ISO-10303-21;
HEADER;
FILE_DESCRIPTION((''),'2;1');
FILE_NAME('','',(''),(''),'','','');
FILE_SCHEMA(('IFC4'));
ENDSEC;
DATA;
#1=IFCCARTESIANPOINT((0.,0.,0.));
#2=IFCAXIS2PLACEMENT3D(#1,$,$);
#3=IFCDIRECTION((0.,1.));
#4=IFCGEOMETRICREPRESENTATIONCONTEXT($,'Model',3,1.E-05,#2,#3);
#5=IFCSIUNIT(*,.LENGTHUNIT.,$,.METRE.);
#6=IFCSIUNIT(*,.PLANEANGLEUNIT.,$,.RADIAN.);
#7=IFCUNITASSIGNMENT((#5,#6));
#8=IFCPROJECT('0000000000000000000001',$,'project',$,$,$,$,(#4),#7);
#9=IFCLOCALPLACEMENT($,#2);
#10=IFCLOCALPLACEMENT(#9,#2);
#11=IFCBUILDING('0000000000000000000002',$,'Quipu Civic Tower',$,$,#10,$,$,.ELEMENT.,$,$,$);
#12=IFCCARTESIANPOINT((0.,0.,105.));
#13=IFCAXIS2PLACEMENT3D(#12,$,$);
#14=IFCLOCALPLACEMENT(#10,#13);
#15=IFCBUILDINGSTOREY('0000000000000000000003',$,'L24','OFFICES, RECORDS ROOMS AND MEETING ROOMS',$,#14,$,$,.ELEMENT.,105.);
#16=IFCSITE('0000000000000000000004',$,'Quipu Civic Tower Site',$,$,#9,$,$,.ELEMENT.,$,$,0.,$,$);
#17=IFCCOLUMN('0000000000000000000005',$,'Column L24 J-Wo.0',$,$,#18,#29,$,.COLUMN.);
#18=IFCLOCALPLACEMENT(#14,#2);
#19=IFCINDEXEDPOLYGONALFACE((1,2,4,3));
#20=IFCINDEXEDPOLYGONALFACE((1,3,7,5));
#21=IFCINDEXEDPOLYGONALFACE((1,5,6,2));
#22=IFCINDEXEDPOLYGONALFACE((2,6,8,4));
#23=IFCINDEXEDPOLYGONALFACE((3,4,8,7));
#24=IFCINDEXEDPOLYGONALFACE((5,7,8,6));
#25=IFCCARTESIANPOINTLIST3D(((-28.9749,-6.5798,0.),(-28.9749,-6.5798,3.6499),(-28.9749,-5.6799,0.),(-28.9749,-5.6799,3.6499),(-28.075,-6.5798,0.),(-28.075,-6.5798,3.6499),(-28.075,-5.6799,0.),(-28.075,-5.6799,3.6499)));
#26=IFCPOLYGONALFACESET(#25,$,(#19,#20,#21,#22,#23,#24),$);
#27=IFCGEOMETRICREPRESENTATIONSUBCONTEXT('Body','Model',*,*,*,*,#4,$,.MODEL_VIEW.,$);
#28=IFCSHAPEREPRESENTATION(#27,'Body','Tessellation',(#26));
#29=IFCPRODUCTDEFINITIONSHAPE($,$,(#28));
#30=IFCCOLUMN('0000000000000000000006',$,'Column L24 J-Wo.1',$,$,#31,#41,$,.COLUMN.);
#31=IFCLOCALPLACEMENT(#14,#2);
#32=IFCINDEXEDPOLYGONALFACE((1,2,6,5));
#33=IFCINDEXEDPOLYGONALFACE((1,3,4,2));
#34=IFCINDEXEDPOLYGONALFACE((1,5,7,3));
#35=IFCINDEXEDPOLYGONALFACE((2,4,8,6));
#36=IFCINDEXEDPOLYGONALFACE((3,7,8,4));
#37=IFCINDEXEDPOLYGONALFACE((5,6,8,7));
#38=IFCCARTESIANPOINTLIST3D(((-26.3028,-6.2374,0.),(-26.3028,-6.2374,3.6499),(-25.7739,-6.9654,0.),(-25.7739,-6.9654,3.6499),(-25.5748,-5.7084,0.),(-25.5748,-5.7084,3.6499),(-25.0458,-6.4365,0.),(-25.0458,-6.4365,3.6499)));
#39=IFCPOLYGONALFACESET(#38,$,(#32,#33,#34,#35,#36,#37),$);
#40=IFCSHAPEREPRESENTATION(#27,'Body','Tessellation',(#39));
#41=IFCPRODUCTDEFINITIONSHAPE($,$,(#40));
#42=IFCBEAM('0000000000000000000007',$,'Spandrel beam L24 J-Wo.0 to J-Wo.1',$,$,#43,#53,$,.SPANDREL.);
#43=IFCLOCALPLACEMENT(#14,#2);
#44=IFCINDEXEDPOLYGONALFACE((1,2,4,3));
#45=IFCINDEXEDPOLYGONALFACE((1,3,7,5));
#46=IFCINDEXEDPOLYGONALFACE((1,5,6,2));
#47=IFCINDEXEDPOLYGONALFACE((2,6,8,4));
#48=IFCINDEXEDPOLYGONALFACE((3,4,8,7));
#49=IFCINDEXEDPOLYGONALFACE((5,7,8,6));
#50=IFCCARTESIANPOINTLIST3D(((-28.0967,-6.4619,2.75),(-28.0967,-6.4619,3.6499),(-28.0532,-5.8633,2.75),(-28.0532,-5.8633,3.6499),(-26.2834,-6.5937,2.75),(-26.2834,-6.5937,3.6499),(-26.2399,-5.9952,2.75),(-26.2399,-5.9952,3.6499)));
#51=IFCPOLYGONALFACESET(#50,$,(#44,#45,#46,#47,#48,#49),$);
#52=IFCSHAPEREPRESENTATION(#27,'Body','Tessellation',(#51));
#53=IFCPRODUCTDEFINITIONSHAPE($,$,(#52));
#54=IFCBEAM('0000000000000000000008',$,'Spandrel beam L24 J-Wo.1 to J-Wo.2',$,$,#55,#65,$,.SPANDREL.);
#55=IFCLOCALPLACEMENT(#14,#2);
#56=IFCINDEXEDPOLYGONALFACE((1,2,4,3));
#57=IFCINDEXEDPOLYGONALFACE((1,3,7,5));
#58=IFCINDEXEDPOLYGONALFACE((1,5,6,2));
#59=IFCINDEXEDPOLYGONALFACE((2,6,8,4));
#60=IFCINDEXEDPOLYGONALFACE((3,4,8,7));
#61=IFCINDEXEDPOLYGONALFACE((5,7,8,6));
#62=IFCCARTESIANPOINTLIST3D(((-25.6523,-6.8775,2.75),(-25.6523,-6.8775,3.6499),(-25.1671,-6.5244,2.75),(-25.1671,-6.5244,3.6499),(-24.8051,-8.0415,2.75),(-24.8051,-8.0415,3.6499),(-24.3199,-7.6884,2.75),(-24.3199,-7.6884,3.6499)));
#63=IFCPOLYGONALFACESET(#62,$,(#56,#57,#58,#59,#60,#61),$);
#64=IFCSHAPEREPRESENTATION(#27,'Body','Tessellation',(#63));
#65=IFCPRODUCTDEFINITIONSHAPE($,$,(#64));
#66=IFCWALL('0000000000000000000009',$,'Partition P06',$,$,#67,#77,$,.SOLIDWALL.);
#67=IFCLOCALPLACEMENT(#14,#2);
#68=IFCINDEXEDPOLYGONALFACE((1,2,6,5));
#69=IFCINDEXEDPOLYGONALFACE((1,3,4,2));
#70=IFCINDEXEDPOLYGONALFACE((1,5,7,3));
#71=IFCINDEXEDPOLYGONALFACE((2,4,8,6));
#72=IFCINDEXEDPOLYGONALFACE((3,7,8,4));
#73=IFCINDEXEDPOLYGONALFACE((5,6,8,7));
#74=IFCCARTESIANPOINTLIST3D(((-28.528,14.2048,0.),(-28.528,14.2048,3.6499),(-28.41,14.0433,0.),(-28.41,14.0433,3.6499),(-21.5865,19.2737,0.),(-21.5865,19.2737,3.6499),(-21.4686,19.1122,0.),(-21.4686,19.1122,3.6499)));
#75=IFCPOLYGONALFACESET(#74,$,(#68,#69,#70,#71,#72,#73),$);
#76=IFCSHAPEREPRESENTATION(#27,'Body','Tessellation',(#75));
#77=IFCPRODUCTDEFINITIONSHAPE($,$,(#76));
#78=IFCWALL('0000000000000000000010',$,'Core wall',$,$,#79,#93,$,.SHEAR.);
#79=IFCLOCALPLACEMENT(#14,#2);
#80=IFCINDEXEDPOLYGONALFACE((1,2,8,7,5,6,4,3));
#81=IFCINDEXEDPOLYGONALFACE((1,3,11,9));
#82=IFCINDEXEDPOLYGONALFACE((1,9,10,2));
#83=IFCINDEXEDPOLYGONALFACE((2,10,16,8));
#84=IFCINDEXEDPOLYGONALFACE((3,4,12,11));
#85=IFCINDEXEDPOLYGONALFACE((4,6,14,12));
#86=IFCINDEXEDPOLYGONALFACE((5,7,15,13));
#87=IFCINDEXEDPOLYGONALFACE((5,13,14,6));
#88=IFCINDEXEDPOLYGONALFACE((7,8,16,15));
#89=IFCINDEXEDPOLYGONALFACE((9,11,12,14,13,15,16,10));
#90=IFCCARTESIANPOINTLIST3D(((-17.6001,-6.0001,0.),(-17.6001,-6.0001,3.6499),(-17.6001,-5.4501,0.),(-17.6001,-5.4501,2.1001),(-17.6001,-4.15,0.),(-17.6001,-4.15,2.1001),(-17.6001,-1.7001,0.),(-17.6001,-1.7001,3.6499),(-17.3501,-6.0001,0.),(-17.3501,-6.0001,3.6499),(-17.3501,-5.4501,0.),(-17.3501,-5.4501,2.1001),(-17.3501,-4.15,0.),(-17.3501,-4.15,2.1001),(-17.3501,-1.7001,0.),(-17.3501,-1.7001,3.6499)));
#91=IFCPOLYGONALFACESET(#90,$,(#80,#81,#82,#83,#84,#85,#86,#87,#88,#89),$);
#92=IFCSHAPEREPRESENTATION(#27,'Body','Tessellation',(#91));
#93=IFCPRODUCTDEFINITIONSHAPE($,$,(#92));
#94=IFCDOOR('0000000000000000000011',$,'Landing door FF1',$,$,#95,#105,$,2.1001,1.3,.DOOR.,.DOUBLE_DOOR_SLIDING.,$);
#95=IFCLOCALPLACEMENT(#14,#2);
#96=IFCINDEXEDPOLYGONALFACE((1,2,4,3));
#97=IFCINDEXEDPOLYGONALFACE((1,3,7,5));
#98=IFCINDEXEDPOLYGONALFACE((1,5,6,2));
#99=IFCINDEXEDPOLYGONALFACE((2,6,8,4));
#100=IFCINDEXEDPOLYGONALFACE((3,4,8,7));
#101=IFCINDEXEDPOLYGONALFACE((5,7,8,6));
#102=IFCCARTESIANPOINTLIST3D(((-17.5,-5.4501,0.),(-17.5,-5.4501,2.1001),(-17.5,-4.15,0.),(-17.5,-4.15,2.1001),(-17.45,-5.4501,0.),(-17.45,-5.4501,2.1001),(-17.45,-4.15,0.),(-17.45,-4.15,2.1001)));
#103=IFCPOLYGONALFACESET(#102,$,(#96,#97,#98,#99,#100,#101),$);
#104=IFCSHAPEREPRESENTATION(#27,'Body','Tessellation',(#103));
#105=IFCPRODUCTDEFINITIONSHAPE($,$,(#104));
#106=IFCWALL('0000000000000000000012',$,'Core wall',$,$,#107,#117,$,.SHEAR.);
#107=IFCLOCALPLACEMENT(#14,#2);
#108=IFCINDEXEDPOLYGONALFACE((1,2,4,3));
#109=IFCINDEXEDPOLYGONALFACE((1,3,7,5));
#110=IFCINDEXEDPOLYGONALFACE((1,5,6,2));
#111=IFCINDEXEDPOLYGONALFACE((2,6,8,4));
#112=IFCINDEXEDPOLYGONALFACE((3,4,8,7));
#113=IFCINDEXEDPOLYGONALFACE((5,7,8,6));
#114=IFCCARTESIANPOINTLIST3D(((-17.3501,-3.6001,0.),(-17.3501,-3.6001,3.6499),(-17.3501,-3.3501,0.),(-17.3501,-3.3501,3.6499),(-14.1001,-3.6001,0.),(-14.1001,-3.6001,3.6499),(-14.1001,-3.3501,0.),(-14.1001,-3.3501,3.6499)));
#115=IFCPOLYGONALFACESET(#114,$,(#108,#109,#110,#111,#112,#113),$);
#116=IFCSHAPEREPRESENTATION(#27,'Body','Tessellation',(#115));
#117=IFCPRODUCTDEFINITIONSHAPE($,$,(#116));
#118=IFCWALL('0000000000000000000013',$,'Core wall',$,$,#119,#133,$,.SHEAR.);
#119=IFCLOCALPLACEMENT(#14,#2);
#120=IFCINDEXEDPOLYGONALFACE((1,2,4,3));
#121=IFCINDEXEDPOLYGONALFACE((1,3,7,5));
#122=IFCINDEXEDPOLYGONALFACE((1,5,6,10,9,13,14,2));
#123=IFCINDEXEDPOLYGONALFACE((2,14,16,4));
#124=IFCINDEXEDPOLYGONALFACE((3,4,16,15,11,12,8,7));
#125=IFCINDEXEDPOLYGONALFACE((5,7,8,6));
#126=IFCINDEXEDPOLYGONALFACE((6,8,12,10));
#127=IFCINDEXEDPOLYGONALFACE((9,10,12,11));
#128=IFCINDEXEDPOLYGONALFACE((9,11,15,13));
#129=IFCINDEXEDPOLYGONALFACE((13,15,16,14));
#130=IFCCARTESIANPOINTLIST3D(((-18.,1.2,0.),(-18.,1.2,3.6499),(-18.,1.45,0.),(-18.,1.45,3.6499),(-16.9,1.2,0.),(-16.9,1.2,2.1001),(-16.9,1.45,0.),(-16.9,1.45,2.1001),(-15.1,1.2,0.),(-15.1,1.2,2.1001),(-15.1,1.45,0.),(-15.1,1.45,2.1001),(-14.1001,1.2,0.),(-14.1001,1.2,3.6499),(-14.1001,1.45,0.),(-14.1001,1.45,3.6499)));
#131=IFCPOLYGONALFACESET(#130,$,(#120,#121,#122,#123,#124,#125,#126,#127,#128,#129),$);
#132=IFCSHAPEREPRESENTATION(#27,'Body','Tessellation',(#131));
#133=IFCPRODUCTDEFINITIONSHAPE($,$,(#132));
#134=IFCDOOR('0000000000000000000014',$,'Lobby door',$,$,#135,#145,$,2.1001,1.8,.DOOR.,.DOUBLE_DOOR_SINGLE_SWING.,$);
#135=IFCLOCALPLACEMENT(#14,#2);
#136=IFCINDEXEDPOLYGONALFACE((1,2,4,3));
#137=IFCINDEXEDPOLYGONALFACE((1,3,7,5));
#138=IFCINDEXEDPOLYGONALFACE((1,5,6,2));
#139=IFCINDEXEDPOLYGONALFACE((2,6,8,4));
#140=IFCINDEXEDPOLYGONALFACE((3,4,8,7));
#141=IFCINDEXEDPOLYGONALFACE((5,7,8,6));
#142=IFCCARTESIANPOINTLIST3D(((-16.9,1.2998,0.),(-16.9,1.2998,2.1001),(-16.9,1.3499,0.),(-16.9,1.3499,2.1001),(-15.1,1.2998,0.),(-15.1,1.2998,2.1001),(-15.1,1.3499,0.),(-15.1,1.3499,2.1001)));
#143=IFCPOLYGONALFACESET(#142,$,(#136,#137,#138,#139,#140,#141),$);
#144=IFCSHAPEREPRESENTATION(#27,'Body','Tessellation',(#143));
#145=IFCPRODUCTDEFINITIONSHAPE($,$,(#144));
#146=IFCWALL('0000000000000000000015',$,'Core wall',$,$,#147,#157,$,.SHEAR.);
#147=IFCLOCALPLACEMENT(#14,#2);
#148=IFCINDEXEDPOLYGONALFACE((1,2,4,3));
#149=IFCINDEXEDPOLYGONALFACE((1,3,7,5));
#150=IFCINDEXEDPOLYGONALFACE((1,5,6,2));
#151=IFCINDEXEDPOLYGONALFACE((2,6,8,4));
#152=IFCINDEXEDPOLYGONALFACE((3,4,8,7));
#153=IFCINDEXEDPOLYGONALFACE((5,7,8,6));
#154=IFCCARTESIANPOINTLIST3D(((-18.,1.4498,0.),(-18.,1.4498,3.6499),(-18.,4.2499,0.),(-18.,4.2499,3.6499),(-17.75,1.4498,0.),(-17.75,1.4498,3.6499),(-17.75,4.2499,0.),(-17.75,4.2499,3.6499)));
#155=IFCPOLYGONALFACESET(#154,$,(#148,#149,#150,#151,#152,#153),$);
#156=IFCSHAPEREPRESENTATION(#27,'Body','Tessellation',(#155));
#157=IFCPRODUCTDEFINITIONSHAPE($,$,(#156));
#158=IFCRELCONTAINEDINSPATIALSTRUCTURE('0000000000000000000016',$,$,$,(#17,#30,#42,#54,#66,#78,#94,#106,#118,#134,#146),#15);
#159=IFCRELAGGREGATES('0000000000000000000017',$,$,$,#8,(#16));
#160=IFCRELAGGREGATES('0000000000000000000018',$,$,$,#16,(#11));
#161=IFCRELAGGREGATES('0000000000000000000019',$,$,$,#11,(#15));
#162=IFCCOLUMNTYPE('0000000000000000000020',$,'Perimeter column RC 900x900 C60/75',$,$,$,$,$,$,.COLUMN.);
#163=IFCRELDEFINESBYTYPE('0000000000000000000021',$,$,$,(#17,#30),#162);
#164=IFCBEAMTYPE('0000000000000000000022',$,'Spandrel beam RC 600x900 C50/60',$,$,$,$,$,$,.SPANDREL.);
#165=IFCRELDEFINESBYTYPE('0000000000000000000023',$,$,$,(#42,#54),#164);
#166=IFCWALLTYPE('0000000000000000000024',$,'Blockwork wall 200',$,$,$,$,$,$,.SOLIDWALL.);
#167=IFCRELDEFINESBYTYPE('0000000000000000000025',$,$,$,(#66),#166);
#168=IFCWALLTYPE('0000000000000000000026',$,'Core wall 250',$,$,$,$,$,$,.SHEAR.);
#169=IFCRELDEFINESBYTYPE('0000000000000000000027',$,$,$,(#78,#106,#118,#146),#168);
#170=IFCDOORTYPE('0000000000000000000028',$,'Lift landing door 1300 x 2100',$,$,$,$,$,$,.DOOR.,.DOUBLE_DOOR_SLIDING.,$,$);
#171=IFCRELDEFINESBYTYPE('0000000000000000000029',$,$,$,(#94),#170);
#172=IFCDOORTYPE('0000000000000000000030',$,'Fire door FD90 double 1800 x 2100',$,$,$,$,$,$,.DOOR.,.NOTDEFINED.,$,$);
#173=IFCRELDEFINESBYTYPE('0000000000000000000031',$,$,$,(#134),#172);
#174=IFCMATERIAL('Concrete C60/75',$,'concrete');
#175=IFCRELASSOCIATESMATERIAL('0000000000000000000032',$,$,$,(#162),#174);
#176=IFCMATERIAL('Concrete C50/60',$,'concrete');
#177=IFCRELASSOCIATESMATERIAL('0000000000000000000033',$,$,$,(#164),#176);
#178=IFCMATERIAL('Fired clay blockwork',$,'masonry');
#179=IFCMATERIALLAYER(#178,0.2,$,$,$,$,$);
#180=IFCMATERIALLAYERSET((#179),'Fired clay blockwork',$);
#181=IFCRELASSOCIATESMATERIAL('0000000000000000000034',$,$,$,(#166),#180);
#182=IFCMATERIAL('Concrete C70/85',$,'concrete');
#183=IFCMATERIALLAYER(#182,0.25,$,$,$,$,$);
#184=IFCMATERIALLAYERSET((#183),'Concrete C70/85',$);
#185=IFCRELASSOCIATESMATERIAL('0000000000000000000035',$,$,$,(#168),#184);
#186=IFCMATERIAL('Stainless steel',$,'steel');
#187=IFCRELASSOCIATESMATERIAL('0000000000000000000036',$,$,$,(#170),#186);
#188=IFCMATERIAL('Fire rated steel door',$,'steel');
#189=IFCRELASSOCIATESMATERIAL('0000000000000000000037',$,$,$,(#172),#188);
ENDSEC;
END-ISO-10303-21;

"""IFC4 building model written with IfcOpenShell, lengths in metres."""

from ifc_helpers import new_model, si_unit, direction, frame, frame_2d, origin, origin_2d, place, context, subcontext, project, spatial, rectangle, extrude, material, layer, layer_set, material_profile, profile_set, type_object, element, fill, save


model = new_model("IFC4")

# Units and contexts
model_context = context("Model", 3, precision=1e-05, world=origin(), true_north=direction((0.0, 1.0)))
body_context = subcontext(model_context, "Body", "Model", "MODEL_VIEW")
ifc_project = project(units=[si_unit("LENGTHUNIT", "METRE"), si_unit("PLANEANGLEUNIT", "RADIAN")], contexts=[model_context])

# Site, building, storey
site_placement = place(None, origin())
site = spatial("IfcSite", under=ifc_project, at=site_placement, Name="Quipu Civic Tower Site", CompositionType="ELEMENT", RefElevation=0.0)
building_placement = place(site_placement, origin())
building = spatial("IfcBuilding", under=site, at=building_placement, Name="Quipu Civic Tower", CompositionType="ELEMENT")
storey_placement = place(building_placement, frame((0.0, 0.0, 105.0)))
storey = spatial("IfcBuildingStorey", under=building, at=storey_placement, Name="L24", Description="OFFICES, RECORDS ROOMS AND MEETING ROOMS", CompositionType="ELEMENT", Elevation=105.0)

# Columns
ifc_material_1 = material(Name="Concrete C60/75", Category="concrete")
ifc_material_profile_1 = material_profile(ifc_material_1, rectangle(XDim=0.8999, YDim=0.8999, at=origin_2d()), Name="RC900x900")
ifc_profile_set_1 = profile_set([ifc_material_profile_1], Name="Concrete C60/75")
column_type = type_object("IfcColumnType", Name="Perimeter column RC 900x900 C60/75", PredefinedType="COLUMN", material=ifc_profile_set_1)
for number, where, z_axis, x_axis, name in (
    (1, (-28.5249, -6.1299, 0.0), (0.0, 0.0, 1.0), (1.0, 0.0, 0.0), "Column L24 J-Wo.0"),
    (2, (-25.6743, -6.3369, 0.0), (0.0, 0.0, 1.0), (0.587785, -0.809017, 0.0), "Column L24 J-Wo.1"),
):
    element("IfcColumn", number, at=place(storey_placement, frame(where, z_axis=z_axis, x_axis=x_axis)), inside=storey, type_object=column_type, Name=name, PredefinedType="COLUMN", context=body_context, shape_type="SweptSolid", body=[
        extrude(rectangle(XDim=0.8999, YDim=0.8999, at=origin_2d()), origin(), (0.0, 0.0, 1.0), 3.6499),
    ])

# Beams
ifc_material_2 = material(Name="Concrete C50/60", Category="concrete")
ifc_material_profile_2 = material_profile(ifc_material_2, rectangle(XDim=0.6001, YDim=0.8999, at=origin_2d()), Name="RC600x900")
ifc_profile_set_2 = profile_set([ifc_material_profile_2], Name="Concrete C50/60")
beam_type = type_object("IfcBeamType", Name="Spandrel beam RC 600x900 C50/60", PredefinedType="SPANDREL", material=ifc_profile_set_2)
beam_1_placement = place(storey_placement, frame((-28.075, -6.1626, 3.2), z_axis=(0.997367, -0.072516, 0.0), x_axis=(0.072516, 0.997367, 0.0)))
element("IfcBeam", 3, at=beam_1_placement, inside=storey, type_object=beam_type, Name="Spandrel beam L24 J-Wo.0 to J-Wo.1", PredefinedType="SPANDREL", context=body_context, shape_type="SweptSolid", body=[
    extrude(rectangle(XDim=0.6001, YDim=0.8999, at=origin_2d()), origin(), (0.0, 0.0, 1.0), 1.8181),
])
beam_2_placement = place(storey_placement, frame((-25.4097, -6.7009, 3.2), z_axis=(0.588434, -0.808545, 0.0), x_axis=(0.808545, 0.588434, 0.0)))
element("IfcBeam", 4, at=beam_2_placement, inside=storey, type_object=beam_type, Name="Spandrel beam L24 J-Wo.1 to J-Wo.2", PredefinedType="SPANDREL", context=body_context, shape_type="SweptSolid", body=[
    extrude(rectangle(XDim=0.6001, YDim=0.8999, at=origin_2d()), origin(), (0.0, 0.0, 1.0), 1.4397),
])

# Wall
ifc_material_3 = material(Name="Fired clay blockwork", Category="masonry")
ifc_layer_1 = layer(ifc_material_3, 0.2)
ifc_layer_set_1 = layer_set([ifc_layer_1], Name="Fired clay blockwork")
wall_type_1 = type_object("IfcWallType", Name="Blockwork wall 200", PredefinedType="SOLIDWALL", material=ifc_layer_set_1)
wall_1_placement = place(storey_placement, frame((-28.469, 14.124, 0.0), z_axis=(0.0, 0.0, 1.0), x_axis=(0.807597, 0.589735, 0.0)))
element("IfcWall", 5, at=wall_1_placement, inside=storey, type_object=wall_type_1, Name="Partition P06", PredefinedType="SOLIDWALL", context=body_context, shape_type="SweptSolid", body=[
    extrude(rectangle(XDim=8.5952, YDim=0.2, at=frame_2d((4.2976, 0.0))), origin(), (0.0, 0.0, 1.0), 3.6499),
])

# Wall, opening, door
ifc_material_4 = material(Name="Concrete C70/85", Category="concrete")
ifc_layer_2 = layer(ifc_material_4, 0.25)
ifc_layer_set_2 = layer_set([ifc_layer_2], Name="Concrete C70/85")
wall_type_2 = type_object("IfcWallType", Name="Core wall 250", PredefinedType="SHEAR", material=ifc_layer_set_2)
wall_2_placement = place(storey_placement, frame((-17.4751, -6.0, 0.0), z_axis=(0.0, 0.0, 1.0), x_axis=(0.0, 1.0, 0.0)))
wall_2 = element("IfcWall", 6, at=wall_2_placement, inside=storey, type_object=wall_type_2, Name="Core wall", PredefinedType="SHEAR", context=body_context, shape_type="SweptSolid", body=[
    extrude(rectangle(XDim=4.3, YDim=0.25, at=frame_2d((2.1499, 0.0))), origin(), (0.0, 0.0, 1.0), 3.6499),
])
opening_1_placement = place(wall_2_placement, frame((0.55, 0.0, 0.0)))
opening_1 = element("IfcOpeningElement", 7, at=opening_1_placement, cuts=wall_2, PredefinedType="OPENING", context=body_context, shape_type="SweptSolid", body=[
    extrude(rectangle(XDim=1.3, YDim=2.1001, at=frame_2d((0.6499, 1.05))), frame((0.0, 0.135, 0.0), z_axis=(0.0, -1.0, 0.0), x_axis=(1.0, 0.0, 0.0)), (0.0, 0.0, 1.0), 0.27),
])
ifc_material_5 = material(Name="Stainless steel", Category="steel")
door_type_1 = type_object("IfcDoorType", Name="Lift landing door 1300 x 2100", OperationType="DOUBLE_DOOR_SLIDING", PredefinedType="DOOR", material=ifc_material_5)
door_1_placement = place(opening_1_placement, origin())
door_1 = element("IfcDoor", 8, at=door_1_placement, inside=storey, type_object=door_type_1, Name="Landing door FF1", OperationType="DOUBLE_DOOR_SLIDING", OverallHeight=2.1001, OverallWidth=1.3, PredefinedType="DOOR", context=body_context, shape_type="SweptSolid", body=[
    extrude(rectangle(XDim=1.3, YDim=2.1001, at=frame_2d((0.6499, 1.05))), frame((0.0, 0.0249, 0.0), z_axis=(0.0, -1.0, 0.0), x_axis=(1.0, 0.0, 0.0)), (0.0, 0.0, 1.0), 0.05),
])
fill(opening_1, door_1)

# Wall
wall_3_placement = place(storey_placement, frame((-17.3501, -3.4751, 0.0), z_axis=(0.0, 0.0, 1.0), x_axis=(1.0, 0.0, 0.0)))
element("IfcWall", 9, at=wall_3_placement, inside=storey, type_object=wall_type_2, Name="Core wall", PredefinedType="SHEAR", context=body_context, shape_type="SweptSolid", body=[
    extrude(rectangle(XDim=3.25, YDim=0.25, at=frame_2d((1.625, 0.0))), origin(), (0.0, 0.0, 1.0), 3.6499),
])

# Wall, opening, door
wall_4_placement = place(storey_placement, frame((-18.0, 1.325, 0.0), z_axis=(0.0, 0.0, 1.0), x_axis=(1.0, 0.0, 0.0)))
wall_4 = element("IfcWall", 10, at=wall_4_placement, inside=storey, type_object=wall_type_2, Name="Core wall", PredefinedType="SHEAR", context=body_context, shape_type="SweptSolid", body=[
    extrude(rectangle(XDim=3.8999, YDim=0.25, at=frame_2d((1.95, 0.0))), origin(), (0.0, 0.0, 1.0), 3.6499),
])
opening_2_placement = place(wall_4_placement, frame((1.1001, 0.0, 0.0)))
opening_2 = element("IfcOpeningElement", 11, at=opening_2_placement, cuts=wall_4, PredefinedType="OPENING", context=body_context, shape_type="SweptSolid", body=[
    extrude(rectangle(XDim=1.8, YDim=2.1001, at=frame_2d((0.8999, 1.05))), frame((0.0, 0.135, 0.0), z_axis=(0.0, -1.0, 0.0), x_axis=(1.0, 0.0, 0.0)), (0.0, 0.0, 1.0), 0.27),
])
ifc_material_6 = material(Name="Fire rated steel door", Category="steel")
door_type_2 = type_object("IfcDoorType", Name="Fire door FD90 double 1800 x 2100", OperationType="NOTDEFINED", PredefinedType="DOOR", material=ifc_material_6)
door_2_placement = place(opening_2_placement, origin())
door_2 = element("IfcDoor", 12, at=door_2_placement, inside=storey, type_object=door_type_2, Name="Lobby door", OperationType="DOUBLE_DOOR_SINGLE_SWING", OverallHeight=2.1001, OverallWidth=1.8, PredefinedType="DOOR", context=body_context, shape_type="SweptSolid", body=[
    extrude(rectangle(XDim=1.8, YDim=2.1001, at=frame_2d((0.8999, 1.05))), frame((0.0, 0.0249, 0.0), z_axis=(0.0, -1.0, 0.0), x_axis=(1.0, 0.0, 0.0)), (0.0, 0.0, 1.0), 0.05),
])
fill(opening_2, door_2)

# Wall
wall_5_placement = place(storey_placement, frame((-17.875, 1.45, 0.0), z_axis=(0.0, 0.0, 1.0), x_axis=(0.0, 1.0, 0.0)))
element("IfcWall", 13, at=wall_5_placement, inside=storey, type_object=wall_type_2, Name="Core wall", PredefinedType="SHEAR", context=body_context, shape_type="SweptSolid", body=[
    extrude(rectangle(XDim=2.8, YDim=0.25, at=frame_2d((1.3999, 0.0))), origin(), (0.0, 0.0, 1.0), 3.6499),
])

save(model, "model.ifc")
